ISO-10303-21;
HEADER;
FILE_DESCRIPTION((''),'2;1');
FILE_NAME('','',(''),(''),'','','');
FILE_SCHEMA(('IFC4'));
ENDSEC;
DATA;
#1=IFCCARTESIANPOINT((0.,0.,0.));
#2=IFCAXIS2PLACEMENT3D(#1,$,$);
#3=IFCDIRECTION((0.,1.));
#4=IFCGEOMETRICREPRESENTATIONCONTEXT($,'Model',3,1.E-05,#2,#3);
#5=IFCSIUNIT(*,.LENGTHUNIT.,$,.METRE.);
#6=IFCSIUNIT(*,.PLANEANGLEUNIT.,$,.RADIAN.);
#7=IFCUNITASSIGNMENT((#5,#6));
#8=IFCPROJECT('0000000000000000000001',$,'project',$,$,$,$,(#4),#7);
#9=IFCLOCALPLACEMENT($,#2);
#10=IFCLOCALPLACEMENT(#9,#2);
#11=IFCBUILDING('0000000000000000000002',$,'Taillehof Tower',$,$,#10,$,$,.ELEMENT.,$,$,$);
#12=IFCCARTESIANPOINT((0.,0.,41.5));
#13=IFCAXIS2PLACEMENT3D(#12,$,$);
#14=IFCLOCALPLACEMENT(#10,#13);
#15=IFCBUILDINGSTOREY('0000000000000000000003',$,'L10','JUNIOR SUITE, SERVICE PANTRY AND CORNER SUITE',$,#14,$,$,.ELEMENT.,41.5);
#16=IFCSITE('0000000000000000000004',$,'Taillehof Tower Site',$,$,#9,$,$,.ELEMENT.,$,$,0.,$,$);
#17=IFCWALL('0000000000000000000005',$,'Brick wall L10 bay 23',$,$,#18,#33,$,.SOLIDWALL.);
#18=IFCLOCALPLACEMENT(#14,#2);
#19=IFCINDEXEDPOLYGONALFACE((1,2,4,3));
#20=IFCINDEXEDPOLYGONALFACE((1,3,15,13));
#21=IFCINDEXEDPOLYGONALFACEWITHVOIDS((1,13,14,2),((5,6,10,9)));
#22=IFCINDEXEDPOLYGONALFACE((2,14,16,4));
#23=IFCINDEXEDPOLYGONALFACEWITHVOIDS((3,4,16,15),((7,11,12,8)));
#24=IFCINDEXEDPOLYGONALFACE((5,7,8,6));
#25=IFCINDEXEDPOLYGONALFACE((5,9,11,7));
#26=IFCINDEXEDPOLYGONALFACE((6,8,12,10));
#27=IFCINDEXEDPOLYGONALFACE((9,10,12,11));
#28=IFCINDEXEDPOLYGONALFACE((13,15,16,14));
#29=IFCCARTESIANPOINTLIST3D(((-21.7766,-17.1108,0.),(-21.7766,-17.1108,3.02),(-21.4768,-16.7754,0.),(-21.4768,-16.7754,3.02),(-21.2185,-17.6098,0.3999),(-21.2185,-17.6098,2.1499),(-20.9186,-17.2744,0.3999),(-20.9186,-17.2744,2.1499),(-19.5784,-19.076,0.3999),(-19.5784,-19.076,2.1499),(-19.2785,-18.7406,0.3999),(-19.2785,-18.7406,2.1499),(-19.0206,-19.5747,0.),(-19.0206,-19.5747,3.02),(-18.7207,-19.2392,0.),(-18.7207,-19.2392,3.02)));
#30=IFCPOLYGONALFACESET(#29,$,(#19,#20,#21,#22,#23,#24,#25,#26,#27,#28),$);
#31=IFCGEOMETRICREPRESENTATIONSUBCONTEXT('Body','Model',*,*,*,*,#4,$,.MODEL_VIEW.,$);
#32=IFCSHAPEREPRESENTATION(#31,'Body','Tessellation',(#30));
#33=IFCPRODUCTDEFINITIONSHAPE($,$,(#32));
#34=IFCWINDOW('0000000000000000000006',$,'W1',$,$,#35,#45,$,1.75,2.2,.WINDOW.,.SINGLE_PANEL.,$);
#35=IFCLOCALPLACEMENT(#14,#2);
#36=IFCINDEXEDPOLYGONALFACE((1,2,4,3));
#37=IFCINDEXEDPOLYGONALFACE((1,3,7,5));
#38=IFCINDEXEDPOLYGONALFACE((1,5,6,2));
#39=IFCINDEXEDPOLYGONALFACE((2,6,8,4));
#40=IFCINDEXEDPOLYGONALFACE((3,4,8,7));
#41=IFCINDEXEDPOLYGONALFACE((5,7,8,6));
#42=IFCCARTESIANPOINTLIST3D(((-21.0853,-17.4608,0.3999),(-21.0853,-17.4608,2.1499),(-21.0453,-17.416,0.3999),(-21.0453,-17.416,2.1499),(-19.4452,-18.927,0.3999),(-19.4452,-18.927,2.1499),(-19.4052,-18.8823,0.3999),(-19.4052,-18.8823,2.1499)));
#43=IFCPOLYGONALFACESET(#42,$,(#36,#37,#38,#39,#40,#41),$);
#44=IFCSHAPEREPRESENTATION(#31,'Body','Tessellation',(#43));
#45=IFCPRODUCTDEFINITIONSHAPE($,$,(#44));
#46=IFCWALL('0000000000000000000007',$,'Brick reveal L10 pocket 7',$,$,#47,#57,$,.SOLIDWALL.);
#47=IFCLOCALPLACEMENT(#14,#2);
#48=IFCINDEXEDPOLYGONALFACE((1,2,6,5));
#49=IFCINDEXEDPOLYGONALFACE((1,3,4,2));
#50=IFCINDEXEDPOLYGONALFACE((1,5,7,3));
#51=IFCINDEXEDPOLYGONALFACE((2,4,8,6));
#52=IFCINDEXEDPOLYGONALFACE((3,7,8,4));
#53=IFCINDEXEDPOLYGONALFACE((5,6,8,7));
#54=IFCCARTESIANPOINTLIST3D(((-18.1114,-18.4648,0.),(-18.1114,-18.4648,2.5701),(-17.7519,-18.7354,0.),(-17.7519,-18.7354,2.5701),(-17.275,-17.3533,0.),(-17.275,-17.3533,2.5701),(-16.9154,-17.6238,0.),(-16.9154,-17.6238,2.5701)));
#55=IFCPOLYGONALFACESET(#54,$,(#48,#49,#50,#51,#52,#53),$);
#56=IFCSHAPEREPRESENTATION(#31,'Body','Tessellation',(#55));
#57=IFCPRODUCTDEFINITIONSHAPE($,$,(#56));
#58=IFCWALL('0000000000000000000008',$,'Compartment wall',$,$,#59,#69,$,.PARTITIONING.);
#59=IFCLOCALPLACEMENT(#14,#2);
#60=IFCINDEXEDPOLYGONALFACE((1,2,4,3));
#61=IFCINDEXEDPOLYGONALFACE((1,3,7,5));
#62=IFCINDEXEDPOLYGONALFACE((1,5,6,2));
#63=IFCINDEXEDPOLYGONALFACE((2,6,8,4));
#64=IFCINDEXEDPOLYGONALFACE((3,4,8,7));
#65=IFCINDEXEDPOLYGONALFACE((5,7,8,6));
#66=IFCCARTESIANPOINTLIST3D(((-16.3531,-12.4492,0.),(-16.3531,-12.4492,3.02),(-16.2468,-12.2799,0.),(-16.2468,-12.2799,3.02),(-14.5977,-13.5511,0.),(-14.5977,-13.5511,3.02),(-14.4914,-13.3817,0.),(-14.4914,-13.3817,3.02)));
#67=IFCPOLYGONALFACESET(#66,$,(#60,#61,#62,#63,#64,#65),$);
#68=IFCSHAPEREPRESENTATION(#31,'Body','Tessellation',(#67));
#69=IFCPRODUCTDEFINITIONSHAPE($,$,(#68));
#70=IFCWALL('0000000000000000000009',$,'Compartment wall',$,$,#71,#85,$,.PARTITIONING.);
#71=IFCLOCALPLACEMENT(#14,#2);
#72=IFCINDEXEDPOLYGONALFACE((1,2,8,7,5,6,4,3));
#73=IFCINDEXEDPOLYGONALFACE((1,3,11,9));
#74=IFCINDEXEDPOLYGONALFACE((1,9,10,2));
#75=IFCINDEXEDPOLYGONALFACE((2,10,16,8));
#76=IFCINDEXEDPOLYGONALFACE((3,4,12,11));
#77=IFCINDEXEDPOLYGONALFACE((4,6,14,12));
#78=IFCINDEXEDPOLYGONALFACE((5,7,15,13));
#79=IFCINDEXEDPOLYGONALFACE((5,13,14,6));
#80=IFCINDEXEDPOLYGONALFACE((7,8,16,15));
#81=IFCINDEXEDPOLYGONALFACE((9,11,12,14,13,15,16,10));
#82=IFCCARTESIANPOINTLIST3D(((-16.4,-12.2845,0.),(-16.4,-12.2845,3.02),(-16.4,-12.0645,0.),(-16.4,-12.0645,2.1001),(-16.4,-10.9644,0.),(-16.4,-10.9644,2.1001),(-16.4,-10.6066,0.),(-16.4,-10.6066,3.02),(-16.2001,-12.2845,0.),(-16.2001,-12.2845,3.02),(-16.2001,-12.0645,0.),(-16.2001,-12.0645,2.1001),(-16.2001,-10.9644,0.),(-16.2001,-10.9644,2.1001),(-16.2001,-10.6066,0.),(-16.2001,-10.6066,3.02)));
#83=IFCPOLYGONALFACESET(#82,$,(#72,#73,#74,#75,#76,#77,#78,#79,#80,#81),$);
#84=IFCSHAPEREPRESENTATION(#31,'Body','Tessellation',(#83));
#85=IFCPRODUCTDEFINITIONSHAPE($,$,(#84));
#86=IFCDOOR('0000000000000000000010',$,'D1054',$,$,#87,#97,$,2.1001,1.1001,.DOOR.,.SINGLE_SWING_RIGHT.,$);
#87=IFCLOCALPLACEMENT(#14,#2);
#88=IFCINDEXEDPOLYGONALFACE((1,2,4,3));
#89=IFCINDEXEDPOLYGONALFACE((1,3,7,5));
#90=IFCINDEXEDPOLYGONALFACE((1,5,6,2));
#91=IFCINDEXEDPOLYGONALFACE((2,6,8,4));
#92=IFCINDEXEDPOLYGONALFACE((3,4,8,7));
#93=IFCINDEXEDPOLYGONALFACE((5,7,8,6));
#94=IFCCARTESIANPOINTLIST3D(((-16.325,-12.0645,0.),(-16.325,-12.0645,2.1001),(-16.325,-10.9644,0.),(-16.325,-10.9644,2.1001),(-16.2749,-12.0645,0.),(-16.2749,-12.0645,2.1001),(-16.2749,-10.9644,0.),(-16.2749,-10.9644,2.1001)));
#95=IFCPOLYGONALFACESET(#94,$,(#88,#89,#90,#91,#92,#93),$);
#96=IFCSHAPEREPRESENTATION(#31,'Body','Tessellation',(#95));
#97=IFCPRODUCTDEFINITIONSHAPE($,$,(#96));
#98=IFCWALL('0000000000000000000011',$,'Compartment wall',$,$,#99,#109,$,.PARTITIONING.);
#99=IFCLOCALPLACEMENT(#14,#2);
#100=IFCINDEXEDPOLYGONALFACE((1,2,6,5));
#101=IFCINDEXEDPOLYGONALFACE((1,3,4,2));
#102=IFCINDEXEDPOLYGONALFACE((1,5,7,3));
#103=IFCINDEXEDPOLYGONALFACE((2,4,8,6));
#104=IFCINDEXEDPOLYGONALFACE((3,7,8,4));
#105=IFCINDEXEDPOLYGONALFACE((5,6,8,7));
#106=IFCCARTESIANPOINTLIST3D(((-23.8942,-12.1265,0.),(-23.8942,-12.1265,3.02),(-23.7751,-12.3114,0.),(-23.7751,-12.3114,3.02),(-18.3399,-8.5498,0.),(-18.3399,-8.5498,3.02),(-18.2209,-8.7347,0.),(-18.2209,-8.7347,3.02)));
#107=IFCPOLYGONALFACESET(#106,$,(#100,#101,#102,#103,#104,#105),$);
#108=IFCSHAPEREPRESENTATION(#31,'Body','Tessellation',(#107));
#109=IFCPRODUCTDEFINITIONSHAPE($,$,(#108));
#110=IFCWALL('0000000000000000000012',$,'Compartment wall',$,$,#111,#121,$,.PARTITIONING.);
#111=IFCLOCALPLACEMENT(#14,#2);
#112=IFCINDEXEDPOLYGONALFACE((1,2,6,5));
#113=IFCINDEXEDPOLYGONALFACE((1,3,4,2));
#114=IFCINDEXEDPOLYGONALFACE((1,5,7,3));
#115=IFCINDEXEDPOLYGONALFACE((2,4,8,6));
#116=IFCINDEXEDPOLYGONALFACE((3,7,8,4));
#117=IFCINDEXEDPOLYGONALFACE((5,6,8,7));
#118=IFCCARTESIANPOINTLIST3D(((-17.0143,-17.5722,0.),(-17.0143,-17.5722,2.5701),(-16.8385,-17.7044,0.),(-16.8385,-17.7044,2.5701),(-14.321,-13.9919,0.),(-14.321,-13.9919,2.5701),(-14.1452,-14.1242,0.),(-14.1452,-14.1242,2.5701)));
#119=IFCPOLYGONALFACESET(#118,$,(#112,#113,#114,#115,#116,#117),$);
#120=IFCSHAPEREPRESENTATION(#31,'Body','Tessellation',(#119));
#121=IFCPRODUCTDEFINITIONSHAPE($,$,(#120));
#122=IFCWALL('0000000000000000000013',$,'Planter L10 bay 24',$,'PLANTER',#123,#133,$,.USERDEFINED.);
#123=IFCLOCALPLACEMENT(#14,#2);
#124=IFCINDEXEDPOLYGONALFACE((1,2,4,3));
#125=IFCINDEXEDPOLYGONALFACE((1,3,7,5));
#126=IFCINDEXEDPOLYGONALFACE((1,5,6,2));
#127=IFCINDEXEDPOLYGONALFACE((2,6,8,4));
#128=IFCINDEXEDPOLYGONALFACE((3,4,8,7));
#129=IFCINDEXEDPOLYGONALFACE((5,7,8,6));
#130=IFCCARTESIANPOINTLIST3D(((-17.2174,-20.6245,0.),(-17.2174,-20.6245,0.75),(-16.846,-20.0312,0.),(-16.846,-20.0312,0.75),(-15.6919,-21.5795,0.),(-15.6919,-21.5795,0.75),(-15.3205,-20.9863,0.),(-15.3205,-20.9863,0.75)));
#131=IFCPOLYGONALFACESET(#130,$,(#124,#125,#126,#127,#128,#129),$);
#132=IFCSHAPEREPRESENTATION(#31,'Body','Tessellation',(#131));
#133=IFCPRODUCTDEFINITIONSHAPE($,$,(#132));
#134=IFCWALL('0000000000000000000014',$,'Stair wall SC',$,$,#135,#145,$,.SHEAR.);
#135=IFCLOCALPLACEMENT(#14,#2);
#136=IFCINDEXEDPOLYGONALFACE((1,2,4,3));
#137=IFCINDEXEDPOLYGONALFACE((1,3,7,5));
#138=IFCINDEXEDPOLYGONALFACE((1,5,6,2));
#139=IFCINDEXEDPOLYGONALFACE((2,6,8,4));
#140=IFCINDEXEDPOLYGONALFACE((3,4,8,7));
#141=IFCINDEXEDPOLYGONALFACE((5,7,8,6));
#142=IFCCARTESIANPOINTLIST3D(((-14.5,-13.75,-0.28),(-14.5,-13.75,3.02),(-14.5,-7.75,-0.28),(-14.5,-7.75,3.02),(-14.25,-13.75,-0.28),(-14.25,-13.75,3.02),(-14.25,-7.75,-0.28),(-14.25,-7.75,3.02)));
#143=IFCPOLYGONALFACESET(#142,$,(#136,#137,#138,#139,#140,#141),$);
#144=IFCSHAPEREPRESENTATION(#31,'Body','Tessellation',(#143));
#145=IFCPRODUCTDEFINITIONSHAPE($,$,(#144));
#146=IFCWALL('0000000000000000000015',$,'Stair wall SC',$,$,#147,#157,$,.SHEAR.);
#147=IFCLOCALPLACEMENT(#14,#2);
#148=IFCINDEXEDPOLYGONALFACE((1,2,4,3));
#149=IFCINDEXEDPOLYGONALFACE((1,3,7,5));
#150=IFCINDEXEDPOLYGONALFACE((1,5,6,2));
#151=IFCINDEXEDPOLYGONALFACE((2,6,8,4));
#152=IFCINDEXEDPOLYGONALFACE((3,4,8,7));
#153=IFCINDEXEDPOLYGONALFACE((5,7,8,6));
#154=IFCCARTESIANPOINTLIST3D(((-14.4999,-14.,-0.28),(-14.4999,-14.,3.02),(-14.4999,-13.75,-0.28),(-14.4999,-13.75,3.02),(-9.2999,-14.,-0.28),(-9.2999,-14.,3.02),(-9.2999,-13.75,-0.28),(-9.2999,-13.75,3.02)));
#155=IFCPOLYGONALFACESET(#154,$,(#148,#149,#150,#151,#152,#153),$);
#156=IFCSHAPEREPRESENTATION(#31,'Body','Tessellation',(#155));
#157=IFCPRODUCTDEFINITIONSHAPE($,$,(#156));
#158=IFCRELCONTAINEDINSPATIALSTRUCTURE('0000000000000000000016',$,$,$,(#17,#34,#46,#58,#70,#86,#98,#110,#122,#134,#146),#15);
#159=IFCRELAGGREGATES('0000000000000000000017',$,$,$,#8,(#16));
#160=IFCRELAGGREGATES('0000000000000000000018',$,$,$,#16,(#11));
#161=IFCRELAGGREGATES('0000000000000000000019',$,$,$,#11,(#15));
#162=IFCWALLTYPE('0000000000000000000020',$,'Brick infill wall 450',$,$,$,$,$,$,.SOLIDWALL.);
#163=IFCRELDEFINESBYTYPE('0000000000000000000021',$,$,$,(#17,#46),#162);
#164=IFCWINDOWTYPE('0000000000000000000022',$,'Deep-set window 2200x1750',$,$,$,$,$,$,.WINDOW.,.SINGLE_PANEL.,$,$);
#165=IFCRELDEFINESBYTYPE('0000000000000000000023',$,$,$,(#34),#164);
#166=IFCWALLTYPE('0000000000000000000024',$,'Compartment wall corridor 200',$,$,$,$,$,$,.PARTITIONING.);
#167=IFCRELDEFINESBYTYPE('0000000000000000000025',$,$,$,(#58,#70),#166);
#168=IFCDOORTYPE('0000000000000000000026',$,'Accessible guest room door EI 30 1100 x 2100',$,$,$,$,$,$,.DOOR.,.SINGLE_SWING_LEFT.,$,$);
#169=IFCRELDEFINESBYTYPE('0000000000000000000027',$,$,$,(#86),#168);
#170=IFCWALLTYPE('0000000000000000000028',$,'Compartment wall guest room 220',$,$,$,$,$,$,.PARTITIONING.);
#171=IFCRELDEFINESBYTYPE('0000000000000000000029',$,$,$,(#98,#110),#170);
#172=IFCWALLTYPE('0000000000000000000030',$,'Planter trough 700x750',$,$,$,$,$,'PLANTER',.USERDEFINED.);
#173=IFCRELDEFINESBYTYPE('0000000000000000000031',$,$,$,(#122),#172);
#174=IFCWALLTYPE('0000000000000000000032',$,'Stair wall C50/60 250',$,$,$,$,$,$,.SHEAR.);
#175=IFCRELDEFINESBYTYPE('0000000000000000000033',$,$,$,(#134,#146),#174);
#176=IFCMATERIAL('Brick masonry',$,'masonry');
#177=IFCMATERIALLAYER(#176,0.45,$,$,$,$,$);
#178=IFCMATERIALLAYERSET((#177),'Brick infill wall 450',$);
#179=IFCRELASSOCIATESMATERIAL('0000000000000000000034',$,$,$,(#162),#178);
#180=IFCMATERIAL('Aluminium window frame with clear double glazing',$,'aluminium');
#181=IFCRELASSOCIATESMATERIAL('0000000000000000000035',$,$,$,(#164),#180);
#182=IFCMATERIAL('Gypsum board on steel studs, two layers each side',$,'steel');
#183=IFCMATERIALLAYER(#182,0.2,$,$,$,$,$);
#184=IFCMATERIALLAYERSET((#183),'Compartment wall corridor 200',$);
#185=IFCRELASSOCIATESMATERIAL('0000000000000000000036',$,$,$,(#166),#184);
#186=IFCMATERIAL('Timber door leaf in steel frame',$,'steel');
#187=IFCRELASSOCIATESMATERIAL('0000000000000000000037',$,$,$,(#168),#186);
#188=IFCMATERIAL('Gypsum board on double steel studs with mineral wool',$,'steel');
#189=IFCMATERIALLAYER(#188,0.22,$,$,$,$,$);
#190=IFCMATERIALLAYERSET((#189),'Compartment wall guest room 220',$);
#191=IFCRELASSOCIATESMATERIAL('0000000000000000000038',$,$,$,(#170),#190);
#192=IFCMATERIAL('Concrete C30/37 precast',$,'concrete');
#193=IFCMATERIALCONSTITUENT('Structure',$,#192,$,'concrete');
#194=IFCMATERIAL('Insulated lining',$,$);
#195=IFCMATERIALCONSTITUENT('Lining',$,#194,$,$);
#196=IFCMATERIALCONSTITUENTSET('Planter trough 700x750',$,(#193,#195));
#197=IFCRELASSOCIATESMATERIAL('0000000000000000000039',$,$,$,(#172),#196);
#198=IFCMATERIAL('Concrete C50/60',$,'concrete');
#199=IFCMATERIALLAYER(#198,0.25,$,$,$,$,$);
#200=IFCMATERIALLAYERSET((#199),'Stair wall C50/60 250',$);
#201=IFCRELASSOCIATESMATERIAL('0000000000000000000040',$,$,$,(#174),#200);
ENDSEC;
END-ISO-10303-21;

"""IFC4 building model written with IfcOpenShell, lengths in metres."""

from ifc_helpers import new_model, si_unit, direction, frame, frame_2d, origin, place, context, subcontext, project, spatial, rectangle, extrude, material, layer, layer_set, constituent, constituent_set, type_object, element, fill, save


model = new_model("IFC4")

# Units and contexts
model_context = context("Model", 3, precision=1e-05, world=origin(), true_north=direction((0.0, 1.0)))
body_context = subcontext(model_context, "Body", "Model", "MODEL_VIEW")
ifc_project = project(units=[si_unit("LENGTHUNIT", "METRE"), si_unit("PLANEANGLEUNIT", "RADIAN")], contexts=[model_context])

# Site, building, storey
site_placement = place(None, origin())
site = spatial("IfcSite", under=ifc_project, at=site_placement, Name="Taillehof Tower Site", CompositionType="ELEMENT", RefElevation=0.0)
building_placement = place(site_placement, origin())
building = spatial("IfcBuilding", under=site, at=building_placement, Name="Taillehof Tower", CompositionType="ELEMENT")
storey_placement = place(building_placement, frame((0.0, 0.0, 41.5)))
storey = spatial("IfcBuildingStorey", under=building, at=storey_placement, Name="L10", Description="JUNIOR SUITE, SERVICE PANTRY AND CORNER SUITE", CompositionType="ELEMENT", Elevation=41.5)

# Wall, opening, window
ifc_material_1 = material(Name="Brick masonry", Category="masonry")
ifc_layer_1 = layer(ifc_material_1, 0.45)
ifc_layer_set_1 = layer_set([ifc_layer_1], Name="Brick infill wall 450")
wall_type_1 = type_object("IfcWallType", Name="Brick infill wall 450", PredefinedType="SOLIDWALL", material=ifc_layer_set_1)
ifc_material_2 = material(Name="Aluminium window frame with clear double glazing", Category="aluminium")
window_type_1 = type_object("IfcWindowType", Name="Deep-set window 2200x1750", PartitioningType="SINGLE_PANEL", PredefinedType="WINDOW", material=ifc_material_2)
wall_1_placement = place(storey_placement, frame((-21.6267, -16.9431, 0.0), z_axis=(0.0, 0.0, 1.0), x_axis=(0.745526, -0.666476, 0.0)))
wall_1 = element("IfcWall", 1, at=wall_1_placement, inside=storey, type_object=wall_type_1, Name="Brick wall L10 bay 23", PredefinedType="SOLIDWALL", context=body_context, shape_type="SweptSolid", body=[
    extrude(rectangle(XDim=3.6968, YDim=0.45, at=frame_2d((1.8484, 0.0))), origin(), (0.0, 0.0, 1.0), 3.02),
])
opening_1_placement = place(wall_1_placement, frame((0.7485, 0.0, 0.3999)))
opening_1 = element("IfcOpeningElement", 2, at=opening_1_placement, cuts=wall_1, PredefinedType="OPENING", context=body_context, shape_type="SweptSolid", body=[
    extrude(rectangle(XDim=2.2, YDim=1.75, at=frame_2d((1.1001, 0.875))), frame((0.0, 0.2349, 0.0), z_axis=(0.0, -1.0, 0.0), x_axis=(1.0, 0.0, 0.0)), (0.0, 0.0, 1.0), 0.47),
])
window_1_placement = place(opening_1_placement, origin())
window_1 = element("IfcWindow", 3, at=window_1_placement, inside=storey, type_object=window_type_1, Name="W1", OverallHeight=1.75, OverallWidth=2.2, PartitioningType="SINGLE_PANEL", PredefinedType="WINDOW", context=body_context, shape_type="SweptSolid", body=[
    extrude(rectangle(XDim=2.2, YDim=1.75, at=frame_2d((1.1001, 0.875))), frame((0.0, 0.0349, 0.0), z_axis=(0.0, -1.0, 0.0), x_axis=(1.0, 0.0, 0.0)), (0.0, 0.0, 1.0), 0.0601),
])
fill(opening_1, window_1)

# Wall
wall_2_placement = place(storey_placement, frame((-17.9316, -18.6001, 0.0), z_axis=(0.0, 0.0, 1.0), x_axis=(0.601263, 0.799051, 0.0)))
element("IfcWall", 4, at=wall_2_placement, inside=storey, type_object=wall_type_1, Name="Brick reveal L10 pocket 7", PredefinedType="SOLIDWALL", context=body_context, shape_type="SweptSolid", body=[
    extrude(rectangle(XDim=1.3911, YDim=0.45, at=frame_2d((0.6956, 0.0))), origin(), (0.0, 0.0, 1.0), 2.5701),
])

# Wall
ifc_material_3 = material(Name="Gypsum board on steel studs, two layers each side", Category="steel")
ifc_layer_2 = layer(ifc_material_3, 0.2)
ifc_layer_set_2 = layer_set([ifc_layer_2], Name="Compartment wall corridor 200")
wall_type_2 = type_object("IfcWallType", Name="Compartment wall corridor 200", PredefinedType="PARTITIONING", material=ifc_layer_set_2)
wall_3_placement = place(storey_placement, frame((-14.5447, -13.4663, 0.0), z_axis=(0.0, 0.0, 1.0), x_axis=(-0.846978, 0.531629, 0.0)))
element("IfcWall", 5, at=wall_3_placement, inside=storey, type_object=wall_type_2, Name="Compartment wall", PredefinedType="PARTITIONING", context=body_context, shape_type="SweptSolid", body=[
    extrude(rectangle(XDim=2.0725, YDim=0.2, at=frame_2d((1.0361, 0.0))), origin(), (0.0, 0.0, 1.0), 3.02),
])

# Wall, opening, door
wall_4_placement = place(storey_placement, frame((-16.3, -12.2844, 0.0), z_axis=(0.0, 0.0, 1.0), x_axis=(0.0, 1.0, 0.0)))
wall_4 = element("IfcWall", 6, at=wall_4_placement, inside=storey, type_object=wall_type_2, Name="Compartment wall", PredefinedType="PARTITIONING", context=body_context, shape_type="SweptSolid", body=[
    extrude(rectangle(XDim=1.678, YDim=0.2, at=frame_2d((0.8389, 0.0))), origin(), (0.0, 0.0, 1.0), 3.02),
])
opening_2_placement = place(wall_4_placement, frame((0.22, 0.0, 0.0)))
opening_2 = element("IfcOpeningElement", 7, at=opening_2_placement, cuts=wall_4, PredefinedType="OPENING", context=body_context, shape_type="SweptSolid", body=[
    extrude(rectangle(XDim=1.1001, YDim=2.1001, at=frame_2d((0.55, 1.05))), frame((0.0, 0.1099, 0.0), z_axis=(0.0, -1.0, 0.0), x_axis=(1.0, 0.0, 0.0)), (0.0, 0.0, 1.0), 0.22),
])
ifc_material_4 = material(Name="Timber door leaf in steel frame", Category="steel")
door_type_1 = type_object("IfcDoorType", Name="Accessible guest room door EI 30 1100 x 2100", OperationType="SINGLE_SWING_LEFT", PredefinedType="DOOR", material=ifc_material_4)
door_1_placement = place(opening_2_placement, origin())
door_1 = element("IfcDoor", 8, at=door_1_placement, inside=storey, type_object=door_type_1, Name="D1054", OperationType="SINGLE_SWING_RIGHT", OverallHeight=2.1001, OverallWidth=1.1001, PredefinedType="DOOR", context=body_context, shape_type="SweptSolid", body=[
    extrude(rectangle(XDim=1.1001, YDim=2.1001, at=frame_2d((0.55, 1.05))), frame((0.0, 0.0249, 0.0), z_axis=(0.0, -1.0, 0.0), x_axis=(1.0, 0.0, 0.0)), (0.0, 0.0, 1.0), 0.05),
])
fill(opening_2, door_1)

# Walls
ifc_material_5 = material(Name="Gypsum board on double steel studs with mineral wool", Category="steel")
ifc_layer_3 = layer(ifc_material_5, 0.22)
ifc_layer_set_3 = layer_set([ifc_layer_3], Name="Compartment wall guest room 220")
wall_type_3 = type_object("IfcWallType", Name="Compartment wall guest room 220", PredefinedType="PARTITIONING", material=ifc_layer_set_3)
wall_5_placement = place(storey_placement, frame((-23.8347, -12.219, 0.0), z_axis=(0.0, 0.0, 1.0), x_axis=(0.840758, 0.541411, 0.0)))
element("IfcWall", 9, at=wall_5_placement, inside=storey, type_object=wall_type_3, Name="Compartment wall", PredefinedType="PARTITIONING", context=body_context, shape_type="SweptSolid", body=[
    extrude(rectangle(XDim=6.6062, YDim=0.22, at=frame_2d((3.3032, 0.0))), origin(), (0.0, 0.0, 1.0), 3.02),
])
wall_6_placement = place(storey_placement, frame((-16.9265, -17.6384, 0.0), z_axis=(0.0, 0.0, 1.0), x_axis=(0.601159, 0.799129, 0.0)))
element("IfcWall", 10, at=wall_6_placement, inside=storey, type_object=wall_type_3, Name="Compartment wall", PredefinedType="PARTITIONING", context=body_context, shape_type="SweptSolid", body=[
    extrude(rectangle(XDim=4.4802, YDim=0.22, at=frame_2d((2.2402, 0.0))), origin(), (0.0, 0.0, 1.0), 2.5701),
])
ifc_material_6 = material(Name="Concrete C30/37 precast", Category="concrete")
ifc_constituent_1 = constituent(ifc_material_6, Name="Structure", Category="concrete")
ifc_material_7 = material(Name="Insulated lining")
ifc_constituent_2 = constituent(ifc_material_7, Name="Lining")
ifc_constituent_set = constituent_set(constituents=[ifc_constituent_1, ifc_constituent_2], Name="Planter trough 700x750")
wall_type_4 = type_object("IfcWallType", Name="Planter trough 700x750", ElementType="PLANTER", PredefinedType="USERDEFINED", material=ifc_constituent_set)
wall_7_placement = place(storey_placement, frame((-17.0317, -20.3279, 0.0), z_axis=(0.0, 0.0, 1.0), x_axis=(0.847609, -0.530621, 0.0)))
element("IfcWall", 11, at=wall_7_placement, inside=storey, type_object=wall_type_4, Name="Planter L10 bay 24", ObjectType="PLANTER", PredefinedType="USERDEFINED", context=body_context, shape_type="SweptSolid", body=[
    extrude(rectangle(XDim=1.7998, YDim=0.7, at=frame_2d((0.8999, 0.0))), origin(), (0.0, 0.0, 1.0), 0.75),
])
ifc_material_8 = material(Name="Concrete C50/60", Category="concrete")
ifc_layer_4 = layer(ifc_material_8, 0.25)
ifc_layer_set_4 = layer_set([ifc_layer_4], Name="Stair wall C50/60 250")
wall_type_5 = type_object("IfcWallType", Name="Stair wall C50/60 250", PredefinedType="SHEAR", material=ifc_layer_set_4)
wall_8_placement = place(storey_placement, frame((-14.375, -13.75, -0.28), z_axis=(0.0, 0.0, 1.0), x_axis=(0.0, 1.0, 0.0)))
element("IfcWall", 12, at=wall_8_placement, inside=storey, type_object=wall_type_5, Name="Stair wall SC", PredefinedType="SHEAR", context=body_context, shape_type="SweptSolid", body=[
    extrude(rectangle(XDim=6.0, YDim=0.25, at=frame_2d((3.0, 0.0))), origin(), (0.0, 0.0, 1.0), 3.3),
])
wall_9_placement = place(storey_placement, frame((-14.5, -13.875, -0.28), z_axis=(0.0, 0.0, 1.0), x_axis=(1.0, 0.0, 0.0)))
element("IfcWall", 13, at=wall_9_placement, inside=storey, type_object=wall_type_5, Name="Stair wall SC", PredefinedType="SHEAR", context=body_context, shape_type="SweptSolid", body=[
    extrude(rectangle(XDim=5.2, YDim=0.25, at=frame_2d((2.6001, 0.0))), origin(), (0.0, 0.0, 1.0), 3.3),
])

save(model, "model.ifc")
